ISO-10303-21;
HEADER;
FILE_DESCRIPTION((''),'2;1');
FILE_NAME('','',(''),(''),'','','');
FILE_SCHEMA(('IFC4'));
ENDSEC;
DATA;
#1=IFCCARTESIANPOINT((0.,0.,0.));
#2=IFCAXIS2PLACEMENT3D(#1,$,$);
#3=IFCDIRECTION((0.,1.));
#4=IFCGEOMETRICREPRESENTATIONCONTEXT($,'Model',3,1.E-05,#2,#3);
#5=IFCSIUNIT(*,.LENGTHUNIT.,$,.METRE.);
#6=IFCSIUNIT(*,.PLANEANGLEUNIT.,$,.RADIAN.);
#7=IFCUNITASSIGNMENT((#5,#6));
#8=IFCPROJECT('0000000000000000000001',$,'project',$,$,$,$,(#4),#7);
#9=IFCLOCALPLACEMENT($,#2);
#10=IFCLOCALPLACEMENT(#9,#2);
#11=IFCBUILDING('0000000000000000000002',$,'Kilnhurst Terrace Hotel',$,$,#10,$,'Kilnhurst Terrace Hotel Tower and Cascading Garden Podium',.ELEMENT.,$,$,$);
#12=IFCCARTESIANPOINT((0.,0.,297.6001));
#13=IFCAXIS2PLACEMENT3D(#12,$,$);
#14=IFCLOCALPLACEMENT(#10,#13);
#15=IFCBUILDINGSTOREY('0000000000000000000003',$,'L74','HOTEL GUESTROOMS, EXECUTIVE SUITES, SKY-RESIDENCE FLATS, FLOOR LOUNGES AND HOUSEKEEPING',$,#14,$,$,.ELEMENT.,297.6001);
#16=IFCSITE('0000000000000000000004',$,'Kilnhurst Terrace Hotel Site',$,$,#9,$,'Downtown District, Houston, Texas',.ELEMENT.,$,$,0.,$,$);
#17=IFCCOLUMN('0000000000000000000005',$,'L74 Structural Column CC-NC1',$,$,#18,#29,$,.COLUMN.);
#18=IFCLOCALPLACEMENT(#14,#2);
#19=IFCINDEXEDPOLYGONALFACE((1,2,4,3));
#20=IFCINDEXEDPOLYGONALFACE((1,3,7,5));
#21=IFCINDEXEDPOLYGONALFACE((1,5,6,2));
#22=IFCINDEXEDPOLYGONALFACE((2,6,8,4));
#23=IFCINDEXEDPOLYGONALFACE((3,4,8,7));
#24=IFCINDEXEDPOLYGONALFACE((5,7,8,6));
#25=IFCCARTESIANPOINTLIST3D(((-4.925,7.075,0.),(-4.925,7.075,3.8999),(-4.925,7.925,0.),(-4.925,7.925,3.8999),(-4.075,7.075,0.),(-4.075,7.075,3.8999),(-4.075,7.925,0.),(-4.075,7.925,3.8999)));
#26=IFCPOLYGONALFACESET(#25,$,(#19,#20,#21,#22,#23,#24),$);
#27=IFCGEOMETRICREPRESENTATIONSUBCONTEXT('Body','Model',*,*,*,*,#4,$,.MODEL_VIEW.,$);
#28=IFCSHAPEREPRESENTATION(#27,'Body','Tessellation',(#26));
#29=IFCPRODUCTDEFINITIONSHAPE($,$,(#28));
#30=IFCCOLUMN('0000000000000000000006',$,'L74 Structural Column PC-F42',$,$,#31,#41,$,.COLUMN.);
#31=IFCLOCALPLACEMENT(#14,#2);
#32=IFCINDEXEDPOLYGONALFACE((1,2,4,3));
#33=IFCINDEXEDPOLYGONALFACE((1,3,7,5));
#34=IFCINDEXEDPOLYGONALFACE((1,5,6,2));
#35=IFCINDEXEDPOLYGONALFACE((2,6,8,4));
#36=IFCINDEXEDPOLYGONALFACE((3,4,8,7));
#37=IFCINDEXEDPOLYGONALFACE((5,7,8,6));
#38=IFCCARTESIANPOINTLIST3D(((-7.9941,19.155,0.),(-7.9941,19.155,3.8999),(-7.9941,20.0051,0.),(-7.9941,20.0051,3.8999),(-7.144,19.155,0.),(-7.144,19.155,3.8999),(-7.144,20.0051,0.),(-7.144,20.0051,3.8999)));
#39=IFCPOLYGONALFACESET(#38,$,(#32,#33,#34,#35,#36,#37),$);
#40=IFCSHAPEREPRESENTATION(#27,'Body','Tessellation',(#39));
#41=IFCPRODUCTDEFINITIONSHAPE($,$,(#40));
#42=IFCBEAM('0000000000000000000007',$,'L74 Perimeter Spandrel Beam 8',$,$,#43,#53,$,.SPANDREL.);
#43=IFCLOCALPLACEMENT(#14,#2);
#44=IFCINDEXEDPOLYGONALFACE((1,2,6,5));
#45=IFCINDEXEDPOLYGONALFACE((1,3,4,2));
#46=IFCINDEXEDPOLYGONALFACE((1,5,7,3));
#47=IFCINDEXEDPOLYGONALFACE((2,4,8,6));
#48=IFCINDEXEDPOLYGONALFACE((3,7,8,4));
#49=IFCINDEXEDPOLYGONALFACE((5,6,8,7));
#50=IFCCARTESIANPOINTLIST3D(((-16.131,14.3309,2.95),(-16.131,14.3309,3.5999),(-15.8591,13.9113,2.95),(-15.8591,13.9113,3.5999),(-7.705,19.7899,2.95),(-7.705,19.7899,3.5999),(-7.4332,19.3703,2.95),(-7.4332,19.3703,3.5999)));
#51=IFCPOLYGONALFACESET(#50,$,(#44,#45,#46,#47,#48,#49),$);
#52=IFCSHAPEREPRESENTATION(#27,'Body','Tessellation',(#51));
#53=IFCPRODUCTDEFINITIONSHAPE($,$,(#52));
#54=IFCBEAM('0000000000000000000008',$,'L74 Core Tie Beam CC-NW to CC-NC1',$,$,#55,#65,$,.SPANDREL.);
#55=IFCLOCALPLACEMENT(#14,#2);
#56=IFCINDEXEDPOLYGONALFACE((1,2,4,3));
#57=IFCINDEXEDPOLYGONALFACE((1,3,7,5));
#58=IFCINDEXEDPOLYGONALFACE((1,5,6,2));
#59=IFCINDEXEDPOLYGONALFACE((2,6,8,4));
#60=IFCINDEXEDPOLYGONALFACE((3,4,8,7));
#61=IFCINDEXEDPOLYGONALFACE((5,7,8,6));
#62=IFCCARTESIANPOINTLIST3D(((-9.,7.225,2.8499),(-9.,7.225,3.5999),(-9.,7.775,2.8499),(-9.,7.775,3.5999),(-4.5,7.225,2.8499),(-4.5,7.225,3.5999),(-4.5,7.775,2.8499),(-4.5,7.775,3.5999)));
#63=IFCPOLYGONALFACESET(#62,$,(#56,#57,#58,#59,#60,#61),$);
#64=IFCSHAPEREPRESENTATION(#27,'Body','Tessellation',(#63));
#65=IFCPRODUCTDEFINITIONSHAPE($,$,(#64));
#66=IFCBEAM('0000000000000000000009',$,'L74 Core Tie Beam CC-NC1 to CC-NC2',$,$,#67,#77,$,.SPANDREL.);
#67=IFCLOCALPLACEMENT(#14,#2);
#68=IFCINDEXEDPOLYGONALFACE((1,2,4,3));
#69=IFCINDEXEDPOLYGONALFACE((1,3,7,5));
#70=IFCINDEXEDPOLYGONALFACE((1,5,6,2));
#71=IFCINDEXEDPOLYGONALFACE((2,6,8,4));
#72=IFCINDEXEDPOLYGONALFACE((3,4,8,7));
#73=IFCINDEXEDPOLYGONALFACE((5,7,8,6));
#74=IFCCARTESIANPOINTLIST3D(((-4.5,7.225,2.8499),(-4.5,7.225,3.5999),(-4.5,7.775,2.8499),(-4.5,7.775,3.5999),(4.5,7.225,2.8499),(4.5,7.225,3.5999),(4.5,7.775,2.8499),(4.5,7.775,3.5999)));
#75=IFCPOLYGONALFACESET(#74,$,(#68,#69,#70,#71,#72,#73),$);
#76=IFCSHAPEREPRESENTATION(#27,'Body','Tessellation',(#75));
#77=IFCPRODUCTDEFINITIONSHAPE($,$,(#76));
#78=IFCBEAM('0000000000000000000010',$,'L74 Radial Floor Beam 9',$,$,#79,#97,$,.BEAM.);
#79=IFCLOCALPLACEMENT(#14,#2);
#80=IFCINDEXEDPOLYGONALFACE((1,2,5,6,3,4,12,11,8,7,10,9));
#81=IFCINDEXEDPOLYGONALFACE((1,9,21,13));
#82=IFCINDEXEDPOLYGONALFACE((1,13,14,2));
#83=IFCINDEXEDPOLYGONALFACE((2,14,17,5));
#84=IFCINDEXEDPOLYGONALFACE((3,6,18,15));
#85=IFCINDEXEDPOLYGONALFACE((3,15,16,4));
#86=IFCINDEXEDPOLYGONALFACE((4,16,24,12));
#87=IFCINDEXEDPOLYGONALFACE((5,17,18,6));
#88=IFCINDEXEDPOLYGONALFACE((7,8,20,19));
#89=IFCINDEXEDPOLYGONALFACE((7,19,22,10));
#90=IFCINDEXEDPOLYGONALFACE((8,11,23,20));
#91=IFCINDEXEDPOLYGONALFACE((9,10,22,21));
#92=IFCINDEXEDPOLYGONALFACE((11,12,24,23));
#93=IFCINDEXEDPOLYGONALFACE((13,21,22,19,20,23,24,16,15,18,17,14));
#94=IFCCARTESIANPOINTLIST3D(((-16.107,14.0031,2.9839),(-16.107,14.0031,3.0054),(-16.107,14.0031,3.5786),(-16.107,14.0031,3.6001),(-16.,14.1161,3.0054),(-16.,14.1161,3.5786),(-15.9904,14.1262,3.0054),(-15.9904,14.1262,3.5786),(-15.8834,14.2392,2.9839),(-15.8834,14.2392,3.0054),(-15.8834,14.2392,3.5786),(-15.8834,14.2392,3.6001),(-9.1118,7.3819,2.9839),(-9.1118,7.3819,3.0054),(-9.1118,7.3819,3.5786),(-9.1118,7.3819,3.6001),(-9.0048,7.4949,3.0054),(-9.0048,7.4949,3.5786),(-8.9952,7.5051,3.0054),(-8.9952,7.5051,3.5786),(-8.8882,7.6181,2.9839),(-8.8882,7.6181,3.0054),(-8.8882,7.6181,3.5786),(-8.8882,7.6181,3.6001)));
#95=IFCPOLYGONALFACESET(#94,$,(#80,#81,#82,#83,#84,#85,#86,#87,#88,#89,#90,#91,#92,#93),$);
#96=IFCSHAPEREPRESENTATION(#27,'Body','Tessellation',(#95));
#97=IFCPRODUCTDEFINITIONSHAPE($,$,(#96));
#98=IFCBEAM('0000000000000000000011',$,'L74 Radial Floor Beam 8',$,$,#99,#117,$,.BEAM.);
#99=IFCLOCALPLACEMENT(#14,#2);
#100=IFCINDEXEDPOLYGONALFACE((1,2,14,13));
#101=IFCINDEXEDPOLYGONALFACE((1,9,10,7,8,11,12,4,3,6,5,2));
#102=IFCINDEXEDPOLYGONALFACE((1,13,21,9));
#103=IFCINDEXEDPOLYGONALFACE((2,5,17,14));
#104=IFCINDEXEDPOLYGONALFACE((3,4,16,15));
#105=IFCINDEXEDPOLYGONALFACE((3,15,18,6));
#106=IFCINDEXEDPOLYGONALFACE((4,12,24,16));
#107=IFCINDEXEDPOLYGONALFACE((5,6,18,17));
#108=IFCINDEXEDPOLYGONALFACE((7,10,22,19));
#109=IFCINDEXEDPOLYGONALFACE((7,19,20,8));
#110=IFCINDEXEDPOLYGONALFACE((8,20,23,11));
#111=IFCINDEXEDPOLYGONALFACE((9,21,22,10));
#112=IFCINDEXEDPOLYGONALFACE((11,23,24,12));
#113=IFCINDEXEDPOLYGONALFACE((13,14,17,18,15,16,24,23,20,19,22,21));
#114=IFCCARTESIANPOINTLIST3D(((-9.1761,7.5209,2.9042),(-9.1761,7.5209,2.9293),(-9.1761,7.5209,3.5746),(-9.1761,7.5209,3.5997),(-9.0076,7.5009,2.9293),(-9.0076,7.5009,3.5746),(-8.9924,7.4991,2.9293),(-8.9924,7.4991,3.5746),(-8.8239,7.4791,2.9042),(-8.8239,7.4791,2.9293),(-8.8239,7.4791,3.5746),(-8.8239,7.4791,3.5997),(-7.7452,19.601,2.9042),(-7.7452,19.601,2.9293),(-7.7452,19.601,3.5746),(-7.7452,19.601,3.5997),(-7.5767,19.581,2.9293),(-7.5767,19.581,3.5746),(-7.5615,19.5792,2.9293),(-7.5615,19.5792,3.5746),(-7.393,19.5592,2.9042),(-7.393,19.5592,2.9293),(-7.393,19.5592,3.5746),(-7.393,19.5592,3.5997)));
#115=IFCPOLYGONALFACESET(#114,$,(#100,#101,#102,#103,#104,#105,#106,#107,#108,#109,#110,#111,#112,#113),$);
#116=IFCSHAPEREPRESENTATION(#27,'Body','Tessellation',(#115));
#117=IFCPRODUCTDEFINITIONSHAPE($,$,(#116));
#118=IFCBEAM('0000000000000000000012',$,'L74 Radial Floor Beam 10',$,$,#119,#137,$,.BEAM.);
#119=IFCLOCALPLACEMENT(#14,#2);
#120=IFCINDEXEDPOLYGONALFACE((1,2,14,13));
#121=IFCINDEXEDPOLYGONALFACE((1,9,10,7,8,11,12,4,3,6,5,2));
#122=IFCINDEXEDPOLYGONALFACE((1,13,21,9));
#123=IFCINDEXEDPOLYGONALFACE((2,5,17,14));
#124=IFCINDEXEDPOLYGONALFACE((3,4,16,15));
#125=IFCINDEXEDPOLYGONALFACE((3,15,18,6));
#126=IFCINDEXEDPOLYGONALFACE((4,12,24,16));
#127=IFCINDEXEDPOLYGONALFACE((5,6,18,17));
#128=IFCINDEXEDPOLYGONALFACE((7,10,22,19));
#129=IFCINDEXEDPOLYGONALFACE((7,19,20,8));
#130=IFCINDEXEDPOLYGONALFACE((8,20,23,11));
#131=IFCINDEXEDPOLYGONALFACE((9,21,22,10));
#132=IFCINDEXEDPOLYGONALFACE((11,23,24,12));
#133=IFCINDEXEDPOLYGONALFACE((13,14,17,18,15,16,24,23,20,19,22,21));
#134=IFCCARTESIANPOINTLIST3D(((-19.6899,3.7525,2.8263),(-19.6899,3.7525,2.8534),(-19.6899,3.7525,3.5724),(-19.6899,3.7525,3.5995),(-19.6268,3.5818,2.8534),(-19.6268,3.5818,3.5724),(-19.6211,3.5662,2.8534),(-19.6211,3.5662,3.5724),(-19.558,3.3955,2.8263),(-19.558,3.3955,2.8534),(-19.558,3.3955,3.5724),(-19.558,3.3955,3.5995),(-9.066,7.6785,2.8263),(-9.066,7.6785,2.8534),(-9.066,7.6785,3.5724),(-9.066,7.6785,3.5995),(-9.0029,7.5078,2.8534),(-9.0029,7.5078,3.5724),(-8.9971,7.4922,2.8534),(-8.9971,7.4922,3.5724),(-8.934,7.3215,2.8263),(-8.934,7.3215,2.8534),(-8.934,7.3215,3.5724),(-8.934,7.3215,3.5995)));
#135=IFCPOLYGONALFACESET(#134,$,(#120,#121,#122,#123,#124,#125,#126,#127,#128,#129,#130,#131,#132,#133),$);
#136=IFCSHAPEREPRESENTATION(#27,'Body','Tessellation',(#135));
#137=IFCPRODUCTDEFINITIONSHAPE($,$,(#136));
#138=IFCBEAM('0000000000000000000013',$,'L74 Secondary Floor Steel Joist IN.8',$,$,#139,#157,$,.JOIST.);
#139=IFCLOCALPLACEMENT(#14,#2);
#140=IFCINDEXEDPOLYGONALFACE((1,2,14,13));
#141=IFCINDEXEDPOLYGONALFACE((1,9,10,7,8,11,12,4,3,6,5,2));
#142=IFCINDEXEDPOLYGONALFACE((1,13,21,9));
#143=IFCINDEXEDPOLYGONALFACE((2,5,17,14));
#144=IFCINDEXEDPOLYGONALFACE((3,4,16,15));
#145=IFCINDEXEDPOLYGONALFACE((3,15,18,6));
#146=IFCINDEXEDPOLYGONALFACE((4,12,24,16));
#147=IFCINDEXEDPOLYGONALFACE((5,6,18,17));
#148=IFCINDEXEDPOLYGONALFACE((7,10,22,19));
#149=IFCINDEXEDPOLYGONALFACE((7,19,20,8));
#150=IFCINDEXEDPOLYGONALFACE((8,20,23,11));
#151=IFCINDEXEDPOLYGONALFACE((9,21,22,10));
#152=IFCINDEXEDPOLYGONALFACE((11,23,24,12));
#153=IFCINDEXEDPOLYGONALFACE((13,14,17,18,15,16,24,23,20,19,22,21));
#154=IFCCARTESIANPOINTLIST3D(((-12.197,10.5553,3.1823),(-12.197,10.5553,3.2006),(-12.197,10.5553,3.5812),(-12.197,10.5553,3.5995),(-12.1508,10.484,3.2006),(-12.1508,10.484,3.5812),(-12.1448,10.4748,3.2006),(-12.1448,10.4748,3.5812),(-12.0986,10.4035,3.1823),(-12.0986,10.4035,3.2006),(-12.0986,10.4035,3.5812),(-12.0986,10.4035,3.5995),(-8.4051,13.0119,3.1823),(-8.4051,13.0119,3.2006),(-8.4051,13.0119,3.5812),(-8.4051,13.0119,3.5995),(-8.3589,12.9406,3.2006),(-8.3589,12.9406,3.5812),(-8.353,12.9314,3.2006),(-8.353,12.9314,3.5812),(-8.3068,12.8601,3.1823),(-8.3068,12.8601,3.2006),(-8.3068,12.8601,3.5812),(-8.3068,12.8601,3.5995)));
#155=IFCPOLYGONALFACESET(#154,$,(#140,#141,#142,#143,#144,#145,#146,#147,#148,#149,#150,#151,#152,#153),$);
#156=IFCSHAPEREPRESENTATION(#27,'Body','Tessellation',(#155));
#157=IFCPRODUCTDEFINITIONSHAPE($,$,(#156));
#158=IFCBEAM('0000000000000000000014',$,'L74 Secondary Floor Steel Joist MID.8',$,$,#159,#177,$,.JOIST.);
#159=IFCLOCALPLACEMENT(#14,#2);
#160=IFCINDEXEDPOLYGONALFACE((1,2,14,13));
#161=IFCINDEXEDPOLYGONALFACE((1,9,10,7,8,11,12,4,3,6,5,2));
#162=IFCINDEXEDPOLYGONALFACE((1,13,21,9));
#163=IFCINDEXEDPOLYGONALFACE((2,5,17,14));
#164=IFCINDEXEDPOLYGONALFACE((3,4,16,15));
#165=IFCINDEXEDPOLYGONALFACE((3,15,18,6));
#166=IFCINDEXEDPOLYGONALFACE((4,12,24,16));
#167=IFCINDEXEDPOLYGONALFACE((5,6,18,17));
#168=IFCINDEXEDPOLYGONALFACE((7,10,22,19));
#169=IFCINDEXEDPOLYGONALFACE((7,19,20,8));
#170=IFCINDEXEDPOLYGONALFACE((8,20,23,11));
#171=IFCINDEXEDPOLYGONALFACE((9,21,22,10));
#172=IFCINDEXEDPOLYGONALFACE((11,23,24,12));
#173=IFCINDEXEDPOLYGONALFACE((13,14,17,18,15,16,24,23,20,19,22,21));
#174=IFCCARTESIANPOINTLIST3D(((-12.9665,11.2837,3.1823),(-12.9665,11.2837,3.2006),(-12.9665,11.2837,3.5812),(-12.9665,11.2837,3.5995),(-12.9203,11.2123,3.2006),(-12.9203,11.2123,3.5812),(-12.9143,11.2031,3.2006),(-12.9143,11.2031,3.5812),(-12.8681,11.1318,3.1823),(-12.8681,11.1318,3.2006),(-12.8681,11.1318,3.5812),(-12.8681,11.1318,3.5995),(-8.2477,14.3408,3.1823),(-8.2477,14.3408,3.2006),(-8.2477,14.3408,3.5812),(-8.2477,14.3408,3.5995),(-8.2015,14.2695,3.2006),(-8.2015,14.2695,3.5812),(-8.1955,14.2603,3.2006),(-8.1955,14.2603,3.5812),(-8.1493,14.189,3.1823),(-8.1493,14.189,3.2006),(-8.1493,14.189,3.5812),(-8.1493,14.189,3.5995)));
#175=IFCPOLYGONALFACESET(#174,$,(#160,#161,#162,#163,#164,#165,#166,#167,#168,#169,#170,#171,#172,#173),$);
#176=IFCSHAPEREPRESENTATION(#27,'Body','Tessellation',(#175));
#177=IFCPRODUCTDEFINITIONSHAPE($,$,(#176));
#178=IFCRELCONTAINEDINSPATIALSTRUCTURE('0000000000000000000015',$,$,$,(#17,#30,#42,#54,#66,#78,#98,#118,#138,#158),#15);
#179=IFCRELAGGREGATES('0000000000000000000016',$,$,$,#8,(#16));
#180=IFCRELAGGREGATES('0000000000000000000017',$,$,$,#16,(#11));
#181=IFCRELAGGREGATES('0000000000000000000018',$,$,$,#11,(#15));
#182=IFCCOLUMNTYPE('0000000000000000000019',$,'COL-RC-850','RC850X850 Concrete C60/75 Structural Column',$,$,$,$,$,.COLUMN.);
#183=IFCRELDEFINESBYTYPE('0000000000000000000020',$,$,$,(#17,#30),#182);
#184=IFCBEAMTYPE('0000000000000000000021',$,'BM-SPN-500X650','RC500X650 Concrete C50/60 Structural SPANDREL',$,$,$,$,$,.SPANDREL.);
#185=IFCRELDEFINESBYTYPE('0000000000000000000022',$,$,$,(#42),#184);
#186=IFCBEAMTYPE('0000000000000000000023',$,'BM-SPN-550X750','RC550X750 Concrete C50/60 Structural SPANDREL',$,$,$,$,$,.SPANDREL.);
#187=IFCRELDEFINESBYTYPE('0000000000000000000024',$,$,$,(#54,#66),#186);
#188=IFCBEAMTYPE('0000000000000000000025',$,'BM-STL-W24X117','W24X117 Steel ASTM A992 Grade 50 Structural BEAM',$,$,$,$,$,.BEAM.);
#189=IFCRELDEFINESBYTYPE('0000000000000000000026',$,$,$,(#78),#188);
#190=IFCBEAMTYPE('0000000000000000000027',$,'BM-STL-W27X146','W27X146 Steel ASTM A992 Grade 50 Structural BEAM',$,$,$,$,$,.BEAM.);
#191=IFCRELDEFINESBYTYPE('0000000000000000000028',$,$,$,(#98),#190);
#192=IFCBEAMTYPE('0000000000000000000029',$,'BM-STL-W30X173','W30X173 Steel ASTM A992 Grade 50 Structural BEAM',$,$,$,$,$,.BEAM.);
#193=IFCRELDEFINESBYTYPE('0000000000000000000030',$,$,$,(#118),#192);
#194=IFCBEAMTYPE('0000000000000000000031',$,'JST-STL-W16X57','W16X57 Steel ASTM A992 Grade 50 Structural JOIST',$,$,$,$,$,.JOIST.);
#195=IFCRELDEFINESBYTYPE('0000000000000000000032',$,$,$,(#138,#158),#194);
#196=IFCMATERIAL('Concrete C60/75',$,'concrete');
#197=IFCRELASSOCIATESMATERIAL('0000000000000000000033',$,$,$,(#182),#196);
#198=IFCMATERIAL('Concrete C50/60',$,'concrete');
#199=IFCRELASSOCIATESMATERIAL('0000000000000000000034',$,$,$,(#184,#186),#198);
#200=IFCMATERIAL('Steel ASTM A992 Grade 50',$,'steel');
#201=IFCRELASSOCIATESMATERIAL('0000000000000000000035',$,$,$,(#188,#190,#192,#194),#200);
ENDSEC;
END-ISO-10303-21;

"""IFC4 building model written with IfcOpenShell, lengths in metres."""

from ifc_helpers import new_model, si_unit, direction, frame, origin, origin_2d, place, context, subcontext, project, spatial, rectangle, i_section, extrude, material, material_profile, profile_set, type_object, element, save


model = new_model("IFC4")

# Units and contexts
model_context = context("Model", 3, precision=1e-05, world=origin(), true_north=direction((0.0, 1.0)))
body_context = subcontext(model_context, "Body", "Model", "MODEL_VIEW")
ifc_project = project(units=[si_unit("LENGTHUNIT", "METRE"), si_unit("PLANEANGLEUNIT", "RADIAN")], contexts=[model_context])

# Site, building, storey
site_placement = place(None, origin())
site = spatial("IfcSite", under=ifc_project, at=site_placement, Name="Kilnhurst Terrace Hotel Site", LongName="Downtown District, Houston, Texas", CompositionType="ELEMENT", RefElevation=0.0)
building_placement = place(site_placement, origin())
building = spatial("IfcBuilding", under=site, at=building_placement, Name="Kilnhurst Terrace Hotel", LongName="Kilnhurst Terrace Hotel Tower and Cascading Garden Podium", CompositionType="ELEMENT")
storey_placement = place(building_placement, frame((0.0, 0.0, 297.6001)))
storey = spatial("IfcBuildingStorey", under=building, at=storey_placement, Name="L74", Description="HOTEL GUESTROOMS, EXECUTIVE SUITES, SKY-RESIDENCE FLATS, FLOOR LOUNGES AND HOUSEKEEPING", CompositionType="ELEMENT", Elevation=297.6001)

# Columns
ifc_material_1 = material(Name="Concrete C60/75", Category="concrete")
ifc_material_profile_1 = material_profile(ifc_material_1, rectangle(XDim=0.8501, YDim=0.8501, at=origin_2d()), Name="RC850X850")
ifc_profile_set_1 = profile_set([ifc_material_profile_1], Name="Concrete C60/75")
column_type = type_object("IfcColumnType", Name="COL-RC-850", Description="RC850X850 Concrete C60/75 Structural Column", PredefinedType="COLUMN", material=ifc_profile_set_1)
for number, where, z_axis, x_axis, name in (
    (1, (-4.5, 7.5, 0.0), (0.0, 0.0, 1.0), (1.0, 0.0, 0.0), "L74 Structural Column CC-NC1"),
    (2, (-7.5691, 19.5801, 0.0), (0.0, 0.0, 1.0), (1.0, 0.0, 0.0), "L74 Structural Column PC-F42"),
):
    element("IfcColumn", number, at=place(storey_placement, frame(where, z_axis=z_axis, x_axis=x_axis)), inside=storey, type_object=column_type, Name=name, PredefinedType="COLUMN", context=body_context, shape_type="SweptSolid", body=[
        extrude(rectangle(XDim=0.8501, YDim=0.8501, at=origin_2d()), origin(), (0.0, 0.0, 1.0), 3.8999),
    ])

# Beams
ifc_material_2 = material(Name="Concrete C50/60", Category="concrete")
ifc_material_profile_2 = material_profile(ifc_material_2, rectangle(XDim=0.5, YDim=0.6499, at=origin_2d()), Name="RC500X650")
ifc_profile_set_2 = profile_set([ifc_material_profile_2], Name="Concrete C50/60")
beam_type_1 = type_object("IfcBeamType", Name="BM-SPN-500X650", Description="RC500X650 Concrete C50/60 Structural SPANDREL", PredefinedType="SPANDREL", material=ifc_profile_set_2)
beam_1_placement = place(storey_placement, frame((-7.5691, 19.5801, 3.2749), z_axis=(-0.839259, -0.543732, 0.0), x_axis=(0.543732, -0.839259, 0.0)))
element("IfcBeam", 3, at=beam_1_placement, inside=storey, type_object=beam_type_1, Name="L74 Perimeter Spandrel Beam 8", PredefinedType="SPANDREL", context=body_context, shape_type="SweptSolid", body=[
    extrude(rectangle(XDim=0.5, YDim=0.6499, at=origin_2d()), origin(), (0.0, 0.0, 1.0), 10.0398),
])
ifc_material_profile_3 = material_profile(ifc_material_2, rectangle(XDim=0.55, YDim=0.75, at=origin_2d()), Name="RC550X750")
ifc_profile_set_3 = profile_set([ifc_material_profile_3], Name="Concrete C50/60")
beam_type_2 = type_object("IfcBeamType", Name="BM-SPN-550X750", Description="RC550X750 Concrete C50/60 Structural SPANDREL", PredefinedType="SPANDREL", material=ifc_profile_set_3)
beam_2_placement = place(storey_placement, frame((-9.0, 7.5, 3.2249), z_axis=(1.0, 0.0, 0.0), x_axis=(0.0, 1.0, 0.0)))
element("IfcBeam", 4, at=beam_2_placement, inside=storey, type_object=beam_type_2, Name="L74 Core Tie Beam CC-NW to CC-NC1", PredefinedType="SPANDREL", context=body_context, shape_type="SweptSolid", body=[
    extrude(rectangle(XDim=0.55, YDim=0.75, at=origin_2d()), origin(), (0.0, 0.0, 1.0), 4.5),
])
beam_3_placement = place(storey_placement, frame((-4.5, 7.5, 3.2249), z_axis=(1.0, 0.0, 0.0), x_axis=(0.0, 1.0, 0.0)))
element("IfcBeam", 5, at=beam_3_placement, inside=storey, type_object=beam_type_2, Name="L74 Core Tie Beam CC-NC1 to CC-NC2", PredefinedType="SPANDREL", context=body_context, shape_type="SweptSolid", body=[
    extrude(rectangle(XDim=0.55, YDim=0.75, at=origin_2d()), origin(), (0.0, 0.0, 1.0), 9.0),
])
ifc_material_3 = material(Name="Steel ASTM A992 Grade 50", Category="steel")
ifc_material_profile_4 = material_profile(ifc_material_3, i_section(OverallWidth=0.3252, OverallDepth=0.6162, WebThickness=0.0139, FlangeThickness=0.0215, at=origin_2d()), Name="W24X117")
ifc_profile_set_4 = profile_set([ifc_material_profile_4], Name="Steel ASTM A992 Grade 50")
beam_type_3 = type_object("IfcBeamType", Name="BM-STL-W24X117", Description="W24X117 Steel ASTM A992 Grade 50 Structural BEAM", PredefinedType="BEAM", material=ifc_profile_set_4)
beam_4_placement = place(storey_placement, frame((-9.0, 7.5, 3.292), z_axis=(-0.726256, 0.687424, 0.0), x_axis=(-0.687424, -0.726256, 0.0)))
element("IfcBeam", 6, at=beam_4_placement, inside=storey, type_object=beam_type_3, Name="L74 Radial Floor Beam 9", PredefinedType="BEAM", context=body_context, shape_type="SweptSolid", body=[
    extrude(i_section(OverallWidth=0.3252, OverallDepth=0.6162, WebThickness=0.0139, FlangeThickness=0.0215, at=origin_2d()), origin(), (0.0, 0.0, 1.0), 9.6318),
])
ifc_material_profile_5 = material_profile(ifc_material_3, i_section(OverallWidth=0.3547, OverallDepth=0.6956, WebThickness=0.0154, FlangeThickness=0.0251, at=origin_2d()), Name="W27X146")
ifc_profile_set_5 = profile_set([ifc_material_profile_5], Name="Steel ASTM A992 Grade 50")
beam_type_4 = type_object("IfcBeamType", Name="BM-STL-W27X146", Description="W27X146 Steel ASTM A992 Grade 50 Structural BEAM", PredefinedType="BEAM", material=ifc_profile_set_5)
beam_5_placement = place(storey_placement, frame((-9.0, 7.5, 3.252), z_axis=(0.11763, 0.993058, 0.0), x_axis=(-0.993058, 0.11763, 0.0)))
element("IfcBeam", 7, at=beam_5_placement, inside=storey, type_object=beam_type_4, Name="L74 Radial Floor Beam 8", PredefinedType="BEAM", context=body_context, shape_type="SweptSolid", body=[
    extrude(i_section(OverallWidth=0.3547, OverallDepth=0.6956, WebThickness=0.0154, FlangeThickness=0.0251, at=origin_2d()), origin(), (0.0, 0.0, 1.0), 12.1646),
])
ifc_material_profile_6 = material_profile(ifc_material_3, i_section(OverallWidth=0.3806, OverallDepth=0.7732, WebThickness=0.0166, FlangeThickness=0.0271, at=origin_2d()), Name="W30X173")
ifc_profile_set_6 = profile_set([ifc_material_profile_6], Name="Steel ASTM A992 Grade 50")
beam_type_5 = type_object("IfcBeamType", Name="BM-STL-W30X173", Description="W30X173 Steel ASTM A992 Grade 50 Structural BEAM", PredefinedType="BEAM", material=ifc_profile_set_6)
beam_6_placement = place(storey_placement, frame((-9.0, 7.5, 3.2129), z_axis=(-0.938002, -0.346631, 0.0), x_axis=(0.346631, -0.938002, 0.0)))
element("IfcBeam", 8, at=beam_6_placement, inside=storey, type_object=beam_type_5, Name="L74 Radial Floor Beam 10", PredefinedType="BEAM", context=body_context, shape_type="SweptSolid", body=[
    extrude(i_section(OverallWidth=0.3806, OverallDepth=0.7732, WebThickness=0.0166, FlangeThickness=0.0271, at=origin_2d()), origin(), (0.0, 0.0, 1.0), 11.3262),
])
ifc_material_profile_7 = material_profile(ifc_material_3, i_section(OverallWidth=0.1809, OverallDepth=0.4172, WebThickness=0.011, FlangeThickness=0.0183, at=origin_2d()), Name="W16X57")
ifc_profile_set_7 = profile_set([ifc_material_profile_7], Name="Steel ASTM A992 Grade 50")
beam_type_6 = type_object("IfcBeamType", Name="JST-STL-W16X57", Description="W16X57 Steel ASTM A992 Grade 50 Structural JOIST", PredefinedType="JOIST", material=ifc_profile_set_7)
beam_7_placement = place(storey_placement, frame((-8.356, 12.936, 3.3909), z_axis=(-0.839261, -0.543728, 0.0), x_axis=(0.543728, -0.839261, 0.0)))
element("IfcBeam", 9, at=beam_7_placement, inside=storey, type_object=beam_type_6, Name="L74 Secondary Floor Steel Joist IN.8", PredefinedType="JOIST", context=body_context, shape_type="SweptSolid", body=[
    extrude(i_section(OverallWidth=0.1809, OverallDepth=0.4172, WebThickness=0.011, FlangeThickness=0.0183, at=origin_2d()), origin(), (0.0, 0.0, 1.0), 4.5181),
])
beam_8_placement = place(storey_placement, frame((-8.1985, 14.2649, 3.3909), z_axis=(-0.83926, -0.54373, 0.0), x_axis=(0.54373, -0.83926, 0.0)))
element("IfcBeam", 10, at=beam_8_placement, inside=storey, type_object=beam_type_6, Name="L74 Secondary Floor Steel Joist MID.8", PredefinedType="JOIST", context=body_context, shape_type="SweptSolid", body=[
    extrude(i_section(OverallWidth=0.1809, OverallDepth=0.4172, WebThickness=0.011, FlangeThickness=0.0183, at=origin_2d()), origin(), (0.0, 0.0, 1.0), 5.6226),
])

save(model, "model.ifc")
